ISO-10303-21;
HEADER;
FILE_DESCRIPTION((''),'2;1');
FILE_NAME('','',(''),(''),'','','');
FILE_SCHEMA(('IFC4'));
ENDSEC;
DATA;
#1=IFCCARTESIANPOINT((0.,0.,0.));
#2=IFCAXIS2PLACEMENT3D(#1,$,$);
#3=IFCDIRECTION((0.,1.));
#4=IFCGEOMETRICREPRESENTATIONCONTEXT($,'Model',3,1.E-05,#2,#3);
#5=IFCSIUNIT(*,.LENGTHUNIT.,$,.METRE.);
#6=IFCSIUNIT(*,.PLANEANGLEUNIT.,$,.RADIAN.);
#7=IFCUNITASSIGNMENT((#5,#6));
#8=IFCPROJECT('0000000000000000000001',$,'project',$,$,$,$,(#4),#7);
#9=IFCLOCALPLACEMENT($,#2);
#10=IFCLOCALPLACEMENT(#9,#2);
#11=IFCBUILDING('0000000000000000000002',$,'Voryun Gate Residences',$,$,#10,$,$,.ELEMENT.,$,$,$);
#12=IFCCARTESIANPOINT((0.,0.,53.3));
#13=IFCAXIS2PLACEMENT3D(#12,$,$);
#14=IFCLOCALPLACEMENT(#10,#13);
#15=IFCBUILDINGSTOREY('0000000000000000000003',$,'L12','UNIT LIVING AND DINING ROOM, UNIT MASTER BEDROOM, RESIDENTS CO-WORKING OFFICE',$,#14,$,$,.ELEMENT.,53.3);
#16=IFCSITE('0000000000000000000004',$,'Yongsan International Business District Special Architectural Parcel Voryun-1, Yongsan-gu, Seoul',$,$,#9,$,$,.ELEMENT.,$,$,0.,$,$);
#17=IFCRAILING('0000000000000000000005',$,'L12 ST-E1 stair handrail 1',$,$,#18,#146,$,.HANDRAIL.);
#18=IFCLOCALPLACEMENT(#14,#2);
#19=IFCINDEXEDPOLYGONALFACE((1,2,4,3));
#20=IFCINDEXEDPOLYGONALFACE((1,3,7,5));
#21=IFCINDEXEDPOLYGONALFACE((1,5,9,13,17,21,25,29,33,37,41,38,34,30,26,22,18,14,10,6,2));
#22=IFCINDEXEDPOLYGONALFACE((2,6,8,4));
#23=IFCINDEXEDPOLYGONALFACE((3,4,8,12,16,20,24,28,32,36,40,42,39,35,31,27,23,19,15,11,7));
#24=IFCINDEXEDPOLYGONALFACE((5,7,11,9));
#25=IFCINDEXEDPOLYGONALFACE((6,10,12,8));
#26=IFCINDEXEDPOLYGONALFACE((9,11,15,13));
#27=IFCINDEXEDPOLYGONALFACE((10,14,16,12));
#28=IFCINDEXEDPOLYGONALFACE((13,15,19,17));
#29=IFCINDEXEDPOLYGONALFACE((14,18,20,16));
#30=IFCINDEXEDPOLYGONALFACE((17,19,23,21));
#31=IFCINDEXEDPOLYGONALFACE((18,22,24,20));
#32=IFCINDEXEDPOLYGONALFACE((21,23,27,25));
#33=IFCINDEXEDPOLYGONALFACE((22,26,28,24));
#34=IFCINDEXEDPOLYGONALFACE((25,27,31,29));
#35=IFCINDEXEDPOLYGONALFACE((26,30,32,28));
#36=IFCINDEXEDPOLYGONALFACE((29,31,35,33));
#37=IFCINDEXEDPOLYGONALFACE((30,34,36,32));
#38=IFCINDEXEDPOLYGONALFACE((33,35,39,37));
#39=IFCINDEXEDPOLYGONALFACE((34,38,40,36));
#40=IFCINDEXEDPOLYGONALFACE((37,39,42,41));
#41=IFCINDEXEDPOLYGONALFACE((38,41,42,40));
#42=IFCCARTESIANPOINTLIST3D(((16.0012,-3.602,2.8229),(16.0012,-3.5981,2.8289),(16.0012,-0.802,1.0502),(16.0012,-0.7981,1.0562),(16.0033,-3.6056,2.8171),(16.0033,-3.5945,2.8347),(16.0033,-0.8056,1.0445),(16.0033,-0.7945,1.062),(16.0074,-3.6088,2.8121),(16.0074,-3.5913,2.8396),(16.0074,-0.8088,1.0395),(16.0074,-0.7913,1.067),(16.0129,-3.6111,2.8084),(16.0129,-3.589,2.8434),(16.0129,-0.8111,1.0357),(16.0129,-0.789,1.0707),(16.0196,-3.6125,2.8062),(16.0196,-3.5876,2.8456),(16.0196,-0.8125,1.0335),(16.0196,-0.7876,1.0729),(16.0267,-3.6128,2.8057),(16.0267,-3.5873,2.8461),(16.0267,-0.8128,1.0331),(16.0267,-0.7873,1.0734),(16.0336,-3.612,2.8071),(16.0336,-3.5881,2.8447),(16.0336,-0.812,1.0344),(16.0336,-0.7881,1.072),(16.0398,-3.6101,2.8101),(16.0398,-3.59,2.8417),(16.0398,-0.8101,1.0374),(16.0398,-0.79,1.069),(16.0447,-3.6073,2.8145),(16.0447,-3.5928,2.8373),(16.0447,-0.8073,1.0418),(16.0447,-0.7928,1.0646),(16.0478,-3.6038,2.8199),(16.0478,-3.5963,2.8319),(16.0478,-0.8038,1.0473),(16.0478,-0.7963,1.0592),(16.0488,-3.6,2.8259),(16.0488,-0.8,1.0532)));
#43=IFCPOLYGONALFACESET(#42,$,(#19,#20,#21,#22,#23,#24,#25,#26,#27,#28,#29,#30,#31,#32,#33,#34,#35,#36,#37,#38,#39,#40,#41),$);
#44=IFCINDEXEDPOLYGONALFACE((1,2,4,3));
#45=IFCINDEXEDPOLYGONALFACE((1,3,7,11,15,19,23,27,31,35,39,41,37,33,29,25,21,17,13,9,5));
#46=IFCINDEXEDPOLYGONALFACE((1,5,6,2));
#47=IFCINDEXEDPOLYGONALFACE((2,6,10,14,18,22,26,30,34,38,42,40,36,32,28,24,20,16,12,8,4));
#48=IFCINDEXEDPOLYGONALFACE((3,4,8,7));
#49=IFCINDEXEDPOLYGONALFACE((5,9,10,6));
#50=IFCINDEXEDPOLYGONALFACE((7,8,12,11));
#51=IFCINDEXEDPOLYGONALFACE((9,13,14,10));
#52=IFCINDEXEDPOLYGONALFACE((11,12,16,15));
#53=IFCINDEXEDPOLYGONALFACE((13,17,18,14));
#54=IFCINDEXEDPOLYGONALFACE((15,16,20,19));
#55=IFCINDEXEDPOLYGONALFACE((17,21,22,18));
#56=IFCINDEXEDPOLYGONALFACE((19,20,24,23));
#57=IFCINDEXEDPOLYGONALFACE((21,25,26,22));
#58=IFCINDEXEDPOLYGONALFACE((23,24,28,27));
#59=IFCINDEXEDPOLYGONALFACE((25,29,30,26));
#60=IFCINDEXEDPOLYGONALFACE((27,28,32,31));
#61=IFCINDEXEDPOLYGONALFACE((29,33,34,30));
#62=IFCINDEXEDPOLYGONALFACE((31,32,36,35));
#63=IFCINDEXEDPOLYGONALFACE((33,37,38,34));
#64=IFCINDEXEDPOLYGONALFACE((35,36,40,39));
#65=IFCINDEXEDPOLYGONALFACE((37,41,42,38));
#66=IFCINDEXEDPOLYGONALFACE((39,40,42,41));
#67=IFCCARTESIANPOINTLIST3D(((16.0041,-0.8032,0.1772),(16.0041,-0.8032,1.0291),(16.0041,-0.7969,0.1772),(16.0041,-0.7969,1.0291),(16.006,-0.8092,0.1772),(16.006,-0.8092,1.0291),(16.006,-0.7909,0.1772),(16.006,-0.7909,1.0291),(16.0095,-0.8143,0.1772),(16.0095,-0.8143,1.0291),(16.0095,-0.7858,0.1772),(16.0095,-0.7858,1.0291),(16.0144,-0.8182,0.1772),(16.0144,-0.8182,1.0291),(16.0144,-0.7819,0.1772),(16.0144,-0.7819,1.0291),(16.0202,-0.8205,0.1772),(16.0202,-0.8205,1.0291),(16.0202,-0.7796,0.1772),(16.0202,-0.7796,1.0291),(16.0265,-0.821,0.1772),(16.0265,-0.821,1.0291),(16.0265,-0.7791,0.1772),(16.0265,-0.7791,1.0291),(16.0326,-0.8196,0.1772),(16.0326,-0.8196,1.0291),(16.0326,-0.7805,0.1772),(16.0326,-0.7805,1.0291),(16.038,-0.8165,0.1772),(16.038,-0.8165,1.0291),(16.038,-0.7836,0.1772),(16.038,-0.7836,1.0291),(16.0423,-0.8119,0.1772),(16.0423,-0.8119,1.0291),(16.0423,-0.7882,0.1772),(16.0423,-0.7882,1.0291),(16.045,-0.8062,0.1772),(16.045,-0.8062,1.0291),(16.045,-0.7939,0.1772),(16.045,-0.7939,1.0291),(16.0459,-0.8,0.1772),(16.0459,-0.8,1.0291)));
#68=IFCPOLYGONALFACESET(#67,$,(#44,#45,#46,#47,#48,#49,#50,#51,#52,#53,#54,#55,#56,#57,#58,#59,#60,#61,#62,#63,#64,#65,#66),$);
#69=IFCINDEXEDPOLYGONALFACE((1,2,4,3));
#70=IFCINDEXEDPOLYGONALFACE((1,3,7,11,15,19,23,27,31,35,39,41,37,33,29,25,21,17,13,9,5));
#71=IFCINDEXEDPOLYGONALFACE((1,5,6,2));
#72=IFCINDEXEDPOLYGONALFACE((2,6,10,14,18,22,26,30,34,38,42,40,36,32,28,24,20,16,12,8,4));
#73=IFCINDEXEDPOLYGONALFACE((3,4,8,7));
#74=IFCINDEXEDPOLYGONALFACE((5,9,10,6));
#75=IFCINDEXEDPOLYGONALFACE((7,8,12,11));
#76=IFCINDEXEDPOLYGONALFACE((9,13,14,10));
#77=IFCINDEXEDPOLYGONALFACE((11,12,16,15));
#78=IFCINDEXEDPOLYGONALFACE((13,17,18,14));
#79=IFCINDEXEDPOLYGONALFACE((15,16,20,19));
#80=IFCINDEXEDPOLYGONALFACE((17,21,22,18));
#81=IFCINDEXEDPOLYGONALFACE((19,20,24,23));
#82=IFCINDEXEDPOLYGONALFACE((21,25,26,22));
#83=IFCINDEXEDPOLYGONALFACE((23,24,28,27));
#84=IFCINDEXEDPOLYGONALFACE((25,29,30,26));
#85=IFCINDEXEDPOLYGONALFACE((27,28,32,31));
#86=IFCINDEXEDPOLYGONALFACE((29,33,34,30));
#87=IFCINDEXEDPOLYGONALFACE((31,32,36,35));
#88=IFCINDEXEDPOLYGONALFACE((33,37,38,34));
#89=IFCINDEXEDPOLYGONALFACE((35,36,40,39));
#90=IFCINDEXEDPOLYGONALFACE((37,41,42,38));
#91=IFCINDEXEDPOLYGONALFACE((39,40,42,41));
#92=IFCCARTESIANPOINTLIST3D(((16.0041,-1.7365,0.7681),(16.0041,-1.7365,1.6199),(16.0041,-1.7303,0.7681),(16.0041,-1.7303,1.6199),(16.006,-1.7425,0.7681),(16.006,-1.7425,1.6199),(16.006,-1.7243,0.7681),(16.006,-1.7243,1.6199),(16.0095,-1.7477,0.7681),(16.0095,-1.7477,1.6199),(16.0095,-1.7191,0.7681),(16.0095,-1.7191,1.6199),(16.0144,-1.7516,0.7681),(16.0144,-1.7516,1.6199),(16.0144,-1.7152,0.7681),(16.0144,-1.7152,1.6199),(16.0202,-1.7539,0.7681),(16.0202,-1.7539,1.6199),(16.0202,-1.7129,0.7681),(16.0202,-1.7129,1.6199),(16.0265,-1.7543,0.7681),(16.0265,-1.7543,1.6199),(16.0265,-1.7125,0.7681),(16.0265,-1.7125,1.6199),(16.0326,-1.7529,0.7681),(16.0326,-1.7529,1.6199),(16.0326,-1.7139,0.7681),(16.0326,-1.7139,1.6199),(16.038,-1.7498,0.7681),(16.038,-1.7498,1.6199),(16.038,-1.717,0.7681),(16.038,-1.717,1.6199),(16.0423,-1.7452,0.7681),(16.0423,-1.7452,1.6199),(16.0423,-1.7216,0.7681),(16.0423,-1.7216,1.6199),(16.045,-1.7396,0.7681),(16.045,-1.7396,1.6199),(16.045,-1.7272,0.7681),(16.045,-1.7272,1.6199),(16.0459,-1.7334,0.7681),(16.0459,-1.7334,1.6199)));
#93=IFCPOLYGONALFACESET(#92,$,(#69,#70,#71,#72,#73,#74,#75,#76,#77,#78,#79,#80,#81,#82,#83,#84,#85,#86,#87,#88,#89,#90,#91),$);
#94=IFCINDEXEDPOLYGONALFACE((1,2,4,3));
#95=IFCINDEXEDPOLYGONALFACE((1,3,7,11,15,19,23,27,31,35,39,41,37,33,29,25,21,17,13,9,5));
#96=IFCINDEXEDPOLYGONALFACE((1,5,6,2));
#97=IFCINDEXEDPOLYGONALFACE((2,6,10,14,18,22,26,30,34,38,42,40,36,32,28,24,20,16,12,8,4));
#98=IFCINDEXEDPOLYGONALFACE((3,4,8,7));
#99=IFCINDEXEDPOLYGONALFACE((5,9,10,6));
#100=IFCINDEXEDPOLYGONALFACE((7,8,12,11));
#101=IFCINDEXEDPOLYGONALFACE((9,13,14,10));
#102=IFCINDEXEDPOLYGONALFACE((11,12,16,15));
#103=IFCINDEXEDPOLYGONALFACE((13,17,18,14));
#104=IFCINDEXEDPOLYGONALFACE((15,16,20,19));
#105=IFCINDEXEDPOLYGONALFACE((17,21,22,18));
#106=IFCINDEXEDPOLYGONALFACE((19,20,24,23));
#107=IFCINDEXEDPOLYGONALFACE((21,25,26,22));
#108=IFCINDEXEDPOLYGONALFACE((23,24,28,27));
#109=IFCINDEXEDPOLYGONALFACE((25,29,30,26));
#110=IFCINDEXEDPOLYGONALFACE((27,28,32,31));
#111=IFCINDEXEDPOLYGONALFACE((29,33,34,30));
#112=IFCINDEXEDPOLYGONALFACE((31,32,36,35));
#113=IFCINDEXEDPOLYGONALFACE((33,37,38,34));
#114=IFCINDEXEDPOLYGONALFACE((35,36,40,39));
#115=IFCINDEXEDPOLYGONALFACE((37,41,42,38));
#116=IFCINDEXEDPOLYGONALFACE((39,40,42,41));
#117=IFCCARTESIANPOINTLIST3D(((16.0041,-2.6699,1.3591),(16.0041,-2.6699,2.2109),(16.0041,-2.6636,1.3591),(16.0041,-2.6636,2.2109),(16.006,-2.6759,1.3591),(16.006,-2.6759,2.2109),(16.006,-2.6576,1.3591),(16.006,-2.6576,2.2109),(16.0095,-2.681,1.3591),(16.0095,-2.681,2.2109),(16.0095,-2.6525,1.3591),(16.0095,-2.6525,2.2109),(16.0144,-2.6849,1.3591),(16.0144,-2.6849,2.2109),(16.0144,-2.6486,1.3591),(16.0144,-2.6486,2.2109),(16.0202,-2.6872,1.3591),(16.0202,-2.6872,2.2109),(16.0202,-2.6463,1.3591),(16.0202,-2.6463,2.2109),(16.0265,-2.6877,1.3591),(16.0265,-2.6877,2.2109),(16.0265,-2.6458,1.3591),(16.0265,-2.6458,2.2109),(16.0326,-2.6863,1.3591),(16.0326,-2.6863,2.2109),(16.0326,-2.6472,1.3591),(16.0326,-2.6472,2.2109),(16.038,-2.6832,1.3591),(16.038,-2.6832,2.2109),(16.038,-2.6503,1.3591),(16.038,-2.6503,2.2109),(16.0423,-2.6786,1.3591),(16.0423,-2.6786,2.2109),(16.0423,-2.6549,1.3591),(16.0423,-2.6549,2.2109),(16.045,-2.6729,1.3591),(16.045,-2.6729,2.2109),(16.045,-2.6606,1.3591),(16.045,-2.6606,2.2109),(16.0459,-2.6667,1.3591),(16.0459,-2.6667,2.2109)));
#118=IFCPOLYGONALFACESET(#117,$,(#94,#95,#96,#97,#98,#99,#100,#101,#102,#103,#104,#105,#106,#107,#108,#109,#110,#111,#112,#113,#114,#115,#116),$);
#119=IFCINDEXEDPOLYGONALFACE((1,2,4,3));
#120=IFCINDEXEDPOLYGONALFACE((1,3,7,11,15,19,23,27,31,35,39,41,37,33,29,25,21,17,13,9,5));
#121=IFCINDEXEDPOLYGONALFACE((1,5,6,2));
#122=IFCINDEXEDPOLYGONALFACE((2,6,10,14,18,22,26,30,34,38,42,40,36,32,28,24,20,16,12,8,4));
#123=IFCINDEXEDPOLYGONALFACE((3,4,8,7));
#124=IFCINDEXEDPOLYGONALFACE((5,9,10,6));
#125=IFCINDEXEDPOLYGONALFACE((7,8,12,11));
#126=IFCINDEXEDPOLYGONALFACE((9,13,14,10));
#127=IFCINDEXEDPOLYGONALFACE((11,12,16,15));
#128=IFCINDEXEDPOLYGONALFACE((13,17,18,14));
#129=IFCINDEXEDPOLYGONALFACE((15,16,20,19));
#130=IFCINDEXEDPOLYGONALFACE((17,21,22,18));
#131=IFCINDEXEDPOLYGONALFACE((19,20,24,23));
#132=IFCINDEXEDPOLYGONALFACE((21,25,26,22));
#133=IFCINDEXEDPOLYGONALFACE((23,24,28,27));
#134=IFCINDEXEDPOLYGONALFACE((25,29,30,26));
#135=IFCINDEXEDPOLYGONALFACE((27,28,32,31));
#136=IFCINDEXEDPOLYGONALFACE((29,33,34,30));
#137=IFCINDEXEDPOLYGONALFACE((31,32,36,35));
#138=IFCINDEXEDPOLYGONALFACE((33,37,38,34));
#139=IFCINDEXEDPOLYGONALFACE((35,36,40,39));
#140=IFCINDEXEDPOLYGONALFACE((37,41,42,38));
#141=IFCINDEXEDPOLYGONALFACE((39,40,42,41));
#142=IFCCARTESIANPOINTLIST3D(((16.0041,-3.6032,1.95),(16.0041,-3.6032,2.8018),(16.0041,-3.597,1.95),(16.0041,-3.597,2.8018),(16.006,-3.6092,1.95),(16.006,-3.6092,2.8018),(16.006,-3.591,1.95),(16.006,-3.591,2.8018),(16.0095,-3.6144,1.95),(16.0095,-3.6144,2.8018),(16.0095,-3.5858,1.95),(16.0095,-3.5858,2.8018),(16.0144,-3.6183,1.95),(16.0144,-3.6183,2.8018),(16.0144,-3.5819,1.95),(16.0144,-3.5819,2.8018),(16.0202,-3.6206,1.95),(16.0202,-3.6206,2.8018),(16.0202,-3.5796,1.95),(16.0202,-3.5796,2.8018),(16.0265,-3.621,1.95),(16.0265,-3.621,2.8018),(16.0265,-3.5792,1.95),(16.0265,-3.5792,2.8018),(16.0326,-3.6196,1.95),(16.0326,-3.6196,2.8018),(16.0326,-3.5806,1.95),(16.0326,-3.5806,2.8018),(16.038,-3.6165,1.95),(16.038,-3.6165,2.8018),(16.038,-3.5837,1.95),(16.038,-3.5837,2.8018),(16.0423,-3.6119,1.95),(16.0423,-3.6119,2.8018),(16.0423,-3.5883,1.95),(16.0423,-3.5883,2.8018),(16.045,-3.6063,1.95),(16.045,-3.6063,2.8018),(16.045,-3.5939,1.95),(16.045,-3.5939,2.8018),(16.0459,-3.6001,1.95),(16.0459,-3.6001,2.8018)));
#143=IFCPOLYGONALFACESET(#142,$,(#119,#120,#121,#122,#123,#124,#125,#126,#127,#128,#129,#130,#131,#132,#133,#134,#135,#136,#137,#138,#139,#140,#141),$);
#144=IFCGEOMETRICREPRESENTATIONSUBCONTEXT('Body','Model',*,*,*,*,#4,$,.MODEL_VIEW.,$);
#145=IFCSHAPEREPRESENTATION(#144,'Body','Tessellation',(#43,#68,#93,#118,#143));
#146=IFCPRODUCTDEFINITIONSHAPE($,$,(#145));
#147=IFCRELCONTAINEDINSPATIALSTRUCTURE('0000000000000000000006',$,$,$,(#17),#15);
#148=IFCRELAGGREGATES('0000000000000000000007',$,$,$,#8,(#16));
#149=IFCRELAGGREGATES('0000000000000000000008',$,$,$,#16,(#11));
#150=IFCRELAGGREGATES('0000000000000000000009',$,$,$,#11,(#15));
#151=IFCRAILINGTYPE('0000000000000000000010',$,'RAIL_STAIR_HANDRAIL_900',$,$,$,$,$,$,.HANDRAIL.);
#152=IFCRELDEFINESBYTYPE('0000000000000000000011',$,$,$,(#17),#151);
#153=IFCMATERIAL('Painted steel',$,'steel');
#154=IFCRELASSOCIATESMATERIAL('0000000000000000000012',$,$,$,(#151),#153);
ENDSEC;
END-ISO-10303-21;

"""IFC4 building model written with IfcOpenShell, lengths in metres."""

from ifc_helpers import new_model, si_unit, direction, frame, origin, origin_2d, place, context, subcontext, project, spatial, circle, extrude, material, type_object, element, save


model = new_model("IFC4")

# Units and contexts
model_context = context("Model", 3, precision=1e-05, world=origin(), true_north=direction((0.0, 1.0)))
body_context = subcontext(model_context, "Body", "Model", "MODEL_VIEW")
ifc_project = project(units=[si_unit("LENGTHUNIT", "METRE"), si_unit("PLANEANGLEUNIT", "RADIAN")], contexts=[model_context])

# Site, building, storey
site_placement = place(None, origin())
site = spatial("IfcSite", under=ifc_project, at=site_placement, Name="Yongsan International Business District Special Architectural Parcel Voryun-1, Yongsan-gu, Seoul", CompositionType="ELEMENT", RefElevation=0.0)
building_placement = place(site_placement, origin())
building = spatial("IfcBuilding", under=site, at=building_placement, Name="Voryun Gate Residences", CompositionType="ELEMENT")
storey_placement = place(building_placement, frame((0.0, 0.0, 53.3)))
storey = spatial("IfcBuildingStorey", under=building, at=storey_placement, Name="L12", Description="UNIT LIVING AND DINING ROOM, UNIT MASTER BEDROOM, RESIDENTS CO-WORKING OFFICE", CompositionType="ELEMENT", Elevation=53.3)

# Railing
ifc_material_1 = material(Name="Painted steel", Category="steel")
railing_type_1 = type_object("IfcRailingType", Name="RAIL_STAIR_HANDRAIL_900", PredefinedType="HANDRAIL", material=ifc_material_1)
railing_1_placement = place(storey_placement, frame((16.0249, -0.8, 0.1772)))
element("IfcRailing", 1, at=railing_1_placement, inside=storey, type_object=railing_type_1, Name="L12 ST-E1 stair handrail 1", PredefinedType="HANDRAIL", context=body_context, shape_type="SweptSolid", body=[
    extrude(circle(Radius=0.0239, at=origin_2d()), frame((0.0, 0.0, 0.876), z_axis=(0.0, -0.844909, 0.53491), x_axis=(1.0, 0.0, 0.0)), (0.0, 0.0, 1.0), 3.314),
    extrude(circle(Radius=0.021, at=origin_2d()), origin(), (0.0, 0.0, 1.0), 0.8518),
    extrude(circle(Radius=0.021, at=origin_2d()), frame((0.0, -0.9333, 0.5908)), (0.0, 0.0, 1.0), 0.8518),
    extrude(circle(Radius=0.021, at=origin_2d()), frame((0.0, -1.8667, 1.1819)), (0.0, 0.0, 1.0), 0.8518),
    extrude(circle(Radius=0.021, at=origin_2d()), frame((0.0, -2.8, 1.7727)), (0.0, 0.0, 1.0), 0.8518),
])

save(model, "model.ifc")
